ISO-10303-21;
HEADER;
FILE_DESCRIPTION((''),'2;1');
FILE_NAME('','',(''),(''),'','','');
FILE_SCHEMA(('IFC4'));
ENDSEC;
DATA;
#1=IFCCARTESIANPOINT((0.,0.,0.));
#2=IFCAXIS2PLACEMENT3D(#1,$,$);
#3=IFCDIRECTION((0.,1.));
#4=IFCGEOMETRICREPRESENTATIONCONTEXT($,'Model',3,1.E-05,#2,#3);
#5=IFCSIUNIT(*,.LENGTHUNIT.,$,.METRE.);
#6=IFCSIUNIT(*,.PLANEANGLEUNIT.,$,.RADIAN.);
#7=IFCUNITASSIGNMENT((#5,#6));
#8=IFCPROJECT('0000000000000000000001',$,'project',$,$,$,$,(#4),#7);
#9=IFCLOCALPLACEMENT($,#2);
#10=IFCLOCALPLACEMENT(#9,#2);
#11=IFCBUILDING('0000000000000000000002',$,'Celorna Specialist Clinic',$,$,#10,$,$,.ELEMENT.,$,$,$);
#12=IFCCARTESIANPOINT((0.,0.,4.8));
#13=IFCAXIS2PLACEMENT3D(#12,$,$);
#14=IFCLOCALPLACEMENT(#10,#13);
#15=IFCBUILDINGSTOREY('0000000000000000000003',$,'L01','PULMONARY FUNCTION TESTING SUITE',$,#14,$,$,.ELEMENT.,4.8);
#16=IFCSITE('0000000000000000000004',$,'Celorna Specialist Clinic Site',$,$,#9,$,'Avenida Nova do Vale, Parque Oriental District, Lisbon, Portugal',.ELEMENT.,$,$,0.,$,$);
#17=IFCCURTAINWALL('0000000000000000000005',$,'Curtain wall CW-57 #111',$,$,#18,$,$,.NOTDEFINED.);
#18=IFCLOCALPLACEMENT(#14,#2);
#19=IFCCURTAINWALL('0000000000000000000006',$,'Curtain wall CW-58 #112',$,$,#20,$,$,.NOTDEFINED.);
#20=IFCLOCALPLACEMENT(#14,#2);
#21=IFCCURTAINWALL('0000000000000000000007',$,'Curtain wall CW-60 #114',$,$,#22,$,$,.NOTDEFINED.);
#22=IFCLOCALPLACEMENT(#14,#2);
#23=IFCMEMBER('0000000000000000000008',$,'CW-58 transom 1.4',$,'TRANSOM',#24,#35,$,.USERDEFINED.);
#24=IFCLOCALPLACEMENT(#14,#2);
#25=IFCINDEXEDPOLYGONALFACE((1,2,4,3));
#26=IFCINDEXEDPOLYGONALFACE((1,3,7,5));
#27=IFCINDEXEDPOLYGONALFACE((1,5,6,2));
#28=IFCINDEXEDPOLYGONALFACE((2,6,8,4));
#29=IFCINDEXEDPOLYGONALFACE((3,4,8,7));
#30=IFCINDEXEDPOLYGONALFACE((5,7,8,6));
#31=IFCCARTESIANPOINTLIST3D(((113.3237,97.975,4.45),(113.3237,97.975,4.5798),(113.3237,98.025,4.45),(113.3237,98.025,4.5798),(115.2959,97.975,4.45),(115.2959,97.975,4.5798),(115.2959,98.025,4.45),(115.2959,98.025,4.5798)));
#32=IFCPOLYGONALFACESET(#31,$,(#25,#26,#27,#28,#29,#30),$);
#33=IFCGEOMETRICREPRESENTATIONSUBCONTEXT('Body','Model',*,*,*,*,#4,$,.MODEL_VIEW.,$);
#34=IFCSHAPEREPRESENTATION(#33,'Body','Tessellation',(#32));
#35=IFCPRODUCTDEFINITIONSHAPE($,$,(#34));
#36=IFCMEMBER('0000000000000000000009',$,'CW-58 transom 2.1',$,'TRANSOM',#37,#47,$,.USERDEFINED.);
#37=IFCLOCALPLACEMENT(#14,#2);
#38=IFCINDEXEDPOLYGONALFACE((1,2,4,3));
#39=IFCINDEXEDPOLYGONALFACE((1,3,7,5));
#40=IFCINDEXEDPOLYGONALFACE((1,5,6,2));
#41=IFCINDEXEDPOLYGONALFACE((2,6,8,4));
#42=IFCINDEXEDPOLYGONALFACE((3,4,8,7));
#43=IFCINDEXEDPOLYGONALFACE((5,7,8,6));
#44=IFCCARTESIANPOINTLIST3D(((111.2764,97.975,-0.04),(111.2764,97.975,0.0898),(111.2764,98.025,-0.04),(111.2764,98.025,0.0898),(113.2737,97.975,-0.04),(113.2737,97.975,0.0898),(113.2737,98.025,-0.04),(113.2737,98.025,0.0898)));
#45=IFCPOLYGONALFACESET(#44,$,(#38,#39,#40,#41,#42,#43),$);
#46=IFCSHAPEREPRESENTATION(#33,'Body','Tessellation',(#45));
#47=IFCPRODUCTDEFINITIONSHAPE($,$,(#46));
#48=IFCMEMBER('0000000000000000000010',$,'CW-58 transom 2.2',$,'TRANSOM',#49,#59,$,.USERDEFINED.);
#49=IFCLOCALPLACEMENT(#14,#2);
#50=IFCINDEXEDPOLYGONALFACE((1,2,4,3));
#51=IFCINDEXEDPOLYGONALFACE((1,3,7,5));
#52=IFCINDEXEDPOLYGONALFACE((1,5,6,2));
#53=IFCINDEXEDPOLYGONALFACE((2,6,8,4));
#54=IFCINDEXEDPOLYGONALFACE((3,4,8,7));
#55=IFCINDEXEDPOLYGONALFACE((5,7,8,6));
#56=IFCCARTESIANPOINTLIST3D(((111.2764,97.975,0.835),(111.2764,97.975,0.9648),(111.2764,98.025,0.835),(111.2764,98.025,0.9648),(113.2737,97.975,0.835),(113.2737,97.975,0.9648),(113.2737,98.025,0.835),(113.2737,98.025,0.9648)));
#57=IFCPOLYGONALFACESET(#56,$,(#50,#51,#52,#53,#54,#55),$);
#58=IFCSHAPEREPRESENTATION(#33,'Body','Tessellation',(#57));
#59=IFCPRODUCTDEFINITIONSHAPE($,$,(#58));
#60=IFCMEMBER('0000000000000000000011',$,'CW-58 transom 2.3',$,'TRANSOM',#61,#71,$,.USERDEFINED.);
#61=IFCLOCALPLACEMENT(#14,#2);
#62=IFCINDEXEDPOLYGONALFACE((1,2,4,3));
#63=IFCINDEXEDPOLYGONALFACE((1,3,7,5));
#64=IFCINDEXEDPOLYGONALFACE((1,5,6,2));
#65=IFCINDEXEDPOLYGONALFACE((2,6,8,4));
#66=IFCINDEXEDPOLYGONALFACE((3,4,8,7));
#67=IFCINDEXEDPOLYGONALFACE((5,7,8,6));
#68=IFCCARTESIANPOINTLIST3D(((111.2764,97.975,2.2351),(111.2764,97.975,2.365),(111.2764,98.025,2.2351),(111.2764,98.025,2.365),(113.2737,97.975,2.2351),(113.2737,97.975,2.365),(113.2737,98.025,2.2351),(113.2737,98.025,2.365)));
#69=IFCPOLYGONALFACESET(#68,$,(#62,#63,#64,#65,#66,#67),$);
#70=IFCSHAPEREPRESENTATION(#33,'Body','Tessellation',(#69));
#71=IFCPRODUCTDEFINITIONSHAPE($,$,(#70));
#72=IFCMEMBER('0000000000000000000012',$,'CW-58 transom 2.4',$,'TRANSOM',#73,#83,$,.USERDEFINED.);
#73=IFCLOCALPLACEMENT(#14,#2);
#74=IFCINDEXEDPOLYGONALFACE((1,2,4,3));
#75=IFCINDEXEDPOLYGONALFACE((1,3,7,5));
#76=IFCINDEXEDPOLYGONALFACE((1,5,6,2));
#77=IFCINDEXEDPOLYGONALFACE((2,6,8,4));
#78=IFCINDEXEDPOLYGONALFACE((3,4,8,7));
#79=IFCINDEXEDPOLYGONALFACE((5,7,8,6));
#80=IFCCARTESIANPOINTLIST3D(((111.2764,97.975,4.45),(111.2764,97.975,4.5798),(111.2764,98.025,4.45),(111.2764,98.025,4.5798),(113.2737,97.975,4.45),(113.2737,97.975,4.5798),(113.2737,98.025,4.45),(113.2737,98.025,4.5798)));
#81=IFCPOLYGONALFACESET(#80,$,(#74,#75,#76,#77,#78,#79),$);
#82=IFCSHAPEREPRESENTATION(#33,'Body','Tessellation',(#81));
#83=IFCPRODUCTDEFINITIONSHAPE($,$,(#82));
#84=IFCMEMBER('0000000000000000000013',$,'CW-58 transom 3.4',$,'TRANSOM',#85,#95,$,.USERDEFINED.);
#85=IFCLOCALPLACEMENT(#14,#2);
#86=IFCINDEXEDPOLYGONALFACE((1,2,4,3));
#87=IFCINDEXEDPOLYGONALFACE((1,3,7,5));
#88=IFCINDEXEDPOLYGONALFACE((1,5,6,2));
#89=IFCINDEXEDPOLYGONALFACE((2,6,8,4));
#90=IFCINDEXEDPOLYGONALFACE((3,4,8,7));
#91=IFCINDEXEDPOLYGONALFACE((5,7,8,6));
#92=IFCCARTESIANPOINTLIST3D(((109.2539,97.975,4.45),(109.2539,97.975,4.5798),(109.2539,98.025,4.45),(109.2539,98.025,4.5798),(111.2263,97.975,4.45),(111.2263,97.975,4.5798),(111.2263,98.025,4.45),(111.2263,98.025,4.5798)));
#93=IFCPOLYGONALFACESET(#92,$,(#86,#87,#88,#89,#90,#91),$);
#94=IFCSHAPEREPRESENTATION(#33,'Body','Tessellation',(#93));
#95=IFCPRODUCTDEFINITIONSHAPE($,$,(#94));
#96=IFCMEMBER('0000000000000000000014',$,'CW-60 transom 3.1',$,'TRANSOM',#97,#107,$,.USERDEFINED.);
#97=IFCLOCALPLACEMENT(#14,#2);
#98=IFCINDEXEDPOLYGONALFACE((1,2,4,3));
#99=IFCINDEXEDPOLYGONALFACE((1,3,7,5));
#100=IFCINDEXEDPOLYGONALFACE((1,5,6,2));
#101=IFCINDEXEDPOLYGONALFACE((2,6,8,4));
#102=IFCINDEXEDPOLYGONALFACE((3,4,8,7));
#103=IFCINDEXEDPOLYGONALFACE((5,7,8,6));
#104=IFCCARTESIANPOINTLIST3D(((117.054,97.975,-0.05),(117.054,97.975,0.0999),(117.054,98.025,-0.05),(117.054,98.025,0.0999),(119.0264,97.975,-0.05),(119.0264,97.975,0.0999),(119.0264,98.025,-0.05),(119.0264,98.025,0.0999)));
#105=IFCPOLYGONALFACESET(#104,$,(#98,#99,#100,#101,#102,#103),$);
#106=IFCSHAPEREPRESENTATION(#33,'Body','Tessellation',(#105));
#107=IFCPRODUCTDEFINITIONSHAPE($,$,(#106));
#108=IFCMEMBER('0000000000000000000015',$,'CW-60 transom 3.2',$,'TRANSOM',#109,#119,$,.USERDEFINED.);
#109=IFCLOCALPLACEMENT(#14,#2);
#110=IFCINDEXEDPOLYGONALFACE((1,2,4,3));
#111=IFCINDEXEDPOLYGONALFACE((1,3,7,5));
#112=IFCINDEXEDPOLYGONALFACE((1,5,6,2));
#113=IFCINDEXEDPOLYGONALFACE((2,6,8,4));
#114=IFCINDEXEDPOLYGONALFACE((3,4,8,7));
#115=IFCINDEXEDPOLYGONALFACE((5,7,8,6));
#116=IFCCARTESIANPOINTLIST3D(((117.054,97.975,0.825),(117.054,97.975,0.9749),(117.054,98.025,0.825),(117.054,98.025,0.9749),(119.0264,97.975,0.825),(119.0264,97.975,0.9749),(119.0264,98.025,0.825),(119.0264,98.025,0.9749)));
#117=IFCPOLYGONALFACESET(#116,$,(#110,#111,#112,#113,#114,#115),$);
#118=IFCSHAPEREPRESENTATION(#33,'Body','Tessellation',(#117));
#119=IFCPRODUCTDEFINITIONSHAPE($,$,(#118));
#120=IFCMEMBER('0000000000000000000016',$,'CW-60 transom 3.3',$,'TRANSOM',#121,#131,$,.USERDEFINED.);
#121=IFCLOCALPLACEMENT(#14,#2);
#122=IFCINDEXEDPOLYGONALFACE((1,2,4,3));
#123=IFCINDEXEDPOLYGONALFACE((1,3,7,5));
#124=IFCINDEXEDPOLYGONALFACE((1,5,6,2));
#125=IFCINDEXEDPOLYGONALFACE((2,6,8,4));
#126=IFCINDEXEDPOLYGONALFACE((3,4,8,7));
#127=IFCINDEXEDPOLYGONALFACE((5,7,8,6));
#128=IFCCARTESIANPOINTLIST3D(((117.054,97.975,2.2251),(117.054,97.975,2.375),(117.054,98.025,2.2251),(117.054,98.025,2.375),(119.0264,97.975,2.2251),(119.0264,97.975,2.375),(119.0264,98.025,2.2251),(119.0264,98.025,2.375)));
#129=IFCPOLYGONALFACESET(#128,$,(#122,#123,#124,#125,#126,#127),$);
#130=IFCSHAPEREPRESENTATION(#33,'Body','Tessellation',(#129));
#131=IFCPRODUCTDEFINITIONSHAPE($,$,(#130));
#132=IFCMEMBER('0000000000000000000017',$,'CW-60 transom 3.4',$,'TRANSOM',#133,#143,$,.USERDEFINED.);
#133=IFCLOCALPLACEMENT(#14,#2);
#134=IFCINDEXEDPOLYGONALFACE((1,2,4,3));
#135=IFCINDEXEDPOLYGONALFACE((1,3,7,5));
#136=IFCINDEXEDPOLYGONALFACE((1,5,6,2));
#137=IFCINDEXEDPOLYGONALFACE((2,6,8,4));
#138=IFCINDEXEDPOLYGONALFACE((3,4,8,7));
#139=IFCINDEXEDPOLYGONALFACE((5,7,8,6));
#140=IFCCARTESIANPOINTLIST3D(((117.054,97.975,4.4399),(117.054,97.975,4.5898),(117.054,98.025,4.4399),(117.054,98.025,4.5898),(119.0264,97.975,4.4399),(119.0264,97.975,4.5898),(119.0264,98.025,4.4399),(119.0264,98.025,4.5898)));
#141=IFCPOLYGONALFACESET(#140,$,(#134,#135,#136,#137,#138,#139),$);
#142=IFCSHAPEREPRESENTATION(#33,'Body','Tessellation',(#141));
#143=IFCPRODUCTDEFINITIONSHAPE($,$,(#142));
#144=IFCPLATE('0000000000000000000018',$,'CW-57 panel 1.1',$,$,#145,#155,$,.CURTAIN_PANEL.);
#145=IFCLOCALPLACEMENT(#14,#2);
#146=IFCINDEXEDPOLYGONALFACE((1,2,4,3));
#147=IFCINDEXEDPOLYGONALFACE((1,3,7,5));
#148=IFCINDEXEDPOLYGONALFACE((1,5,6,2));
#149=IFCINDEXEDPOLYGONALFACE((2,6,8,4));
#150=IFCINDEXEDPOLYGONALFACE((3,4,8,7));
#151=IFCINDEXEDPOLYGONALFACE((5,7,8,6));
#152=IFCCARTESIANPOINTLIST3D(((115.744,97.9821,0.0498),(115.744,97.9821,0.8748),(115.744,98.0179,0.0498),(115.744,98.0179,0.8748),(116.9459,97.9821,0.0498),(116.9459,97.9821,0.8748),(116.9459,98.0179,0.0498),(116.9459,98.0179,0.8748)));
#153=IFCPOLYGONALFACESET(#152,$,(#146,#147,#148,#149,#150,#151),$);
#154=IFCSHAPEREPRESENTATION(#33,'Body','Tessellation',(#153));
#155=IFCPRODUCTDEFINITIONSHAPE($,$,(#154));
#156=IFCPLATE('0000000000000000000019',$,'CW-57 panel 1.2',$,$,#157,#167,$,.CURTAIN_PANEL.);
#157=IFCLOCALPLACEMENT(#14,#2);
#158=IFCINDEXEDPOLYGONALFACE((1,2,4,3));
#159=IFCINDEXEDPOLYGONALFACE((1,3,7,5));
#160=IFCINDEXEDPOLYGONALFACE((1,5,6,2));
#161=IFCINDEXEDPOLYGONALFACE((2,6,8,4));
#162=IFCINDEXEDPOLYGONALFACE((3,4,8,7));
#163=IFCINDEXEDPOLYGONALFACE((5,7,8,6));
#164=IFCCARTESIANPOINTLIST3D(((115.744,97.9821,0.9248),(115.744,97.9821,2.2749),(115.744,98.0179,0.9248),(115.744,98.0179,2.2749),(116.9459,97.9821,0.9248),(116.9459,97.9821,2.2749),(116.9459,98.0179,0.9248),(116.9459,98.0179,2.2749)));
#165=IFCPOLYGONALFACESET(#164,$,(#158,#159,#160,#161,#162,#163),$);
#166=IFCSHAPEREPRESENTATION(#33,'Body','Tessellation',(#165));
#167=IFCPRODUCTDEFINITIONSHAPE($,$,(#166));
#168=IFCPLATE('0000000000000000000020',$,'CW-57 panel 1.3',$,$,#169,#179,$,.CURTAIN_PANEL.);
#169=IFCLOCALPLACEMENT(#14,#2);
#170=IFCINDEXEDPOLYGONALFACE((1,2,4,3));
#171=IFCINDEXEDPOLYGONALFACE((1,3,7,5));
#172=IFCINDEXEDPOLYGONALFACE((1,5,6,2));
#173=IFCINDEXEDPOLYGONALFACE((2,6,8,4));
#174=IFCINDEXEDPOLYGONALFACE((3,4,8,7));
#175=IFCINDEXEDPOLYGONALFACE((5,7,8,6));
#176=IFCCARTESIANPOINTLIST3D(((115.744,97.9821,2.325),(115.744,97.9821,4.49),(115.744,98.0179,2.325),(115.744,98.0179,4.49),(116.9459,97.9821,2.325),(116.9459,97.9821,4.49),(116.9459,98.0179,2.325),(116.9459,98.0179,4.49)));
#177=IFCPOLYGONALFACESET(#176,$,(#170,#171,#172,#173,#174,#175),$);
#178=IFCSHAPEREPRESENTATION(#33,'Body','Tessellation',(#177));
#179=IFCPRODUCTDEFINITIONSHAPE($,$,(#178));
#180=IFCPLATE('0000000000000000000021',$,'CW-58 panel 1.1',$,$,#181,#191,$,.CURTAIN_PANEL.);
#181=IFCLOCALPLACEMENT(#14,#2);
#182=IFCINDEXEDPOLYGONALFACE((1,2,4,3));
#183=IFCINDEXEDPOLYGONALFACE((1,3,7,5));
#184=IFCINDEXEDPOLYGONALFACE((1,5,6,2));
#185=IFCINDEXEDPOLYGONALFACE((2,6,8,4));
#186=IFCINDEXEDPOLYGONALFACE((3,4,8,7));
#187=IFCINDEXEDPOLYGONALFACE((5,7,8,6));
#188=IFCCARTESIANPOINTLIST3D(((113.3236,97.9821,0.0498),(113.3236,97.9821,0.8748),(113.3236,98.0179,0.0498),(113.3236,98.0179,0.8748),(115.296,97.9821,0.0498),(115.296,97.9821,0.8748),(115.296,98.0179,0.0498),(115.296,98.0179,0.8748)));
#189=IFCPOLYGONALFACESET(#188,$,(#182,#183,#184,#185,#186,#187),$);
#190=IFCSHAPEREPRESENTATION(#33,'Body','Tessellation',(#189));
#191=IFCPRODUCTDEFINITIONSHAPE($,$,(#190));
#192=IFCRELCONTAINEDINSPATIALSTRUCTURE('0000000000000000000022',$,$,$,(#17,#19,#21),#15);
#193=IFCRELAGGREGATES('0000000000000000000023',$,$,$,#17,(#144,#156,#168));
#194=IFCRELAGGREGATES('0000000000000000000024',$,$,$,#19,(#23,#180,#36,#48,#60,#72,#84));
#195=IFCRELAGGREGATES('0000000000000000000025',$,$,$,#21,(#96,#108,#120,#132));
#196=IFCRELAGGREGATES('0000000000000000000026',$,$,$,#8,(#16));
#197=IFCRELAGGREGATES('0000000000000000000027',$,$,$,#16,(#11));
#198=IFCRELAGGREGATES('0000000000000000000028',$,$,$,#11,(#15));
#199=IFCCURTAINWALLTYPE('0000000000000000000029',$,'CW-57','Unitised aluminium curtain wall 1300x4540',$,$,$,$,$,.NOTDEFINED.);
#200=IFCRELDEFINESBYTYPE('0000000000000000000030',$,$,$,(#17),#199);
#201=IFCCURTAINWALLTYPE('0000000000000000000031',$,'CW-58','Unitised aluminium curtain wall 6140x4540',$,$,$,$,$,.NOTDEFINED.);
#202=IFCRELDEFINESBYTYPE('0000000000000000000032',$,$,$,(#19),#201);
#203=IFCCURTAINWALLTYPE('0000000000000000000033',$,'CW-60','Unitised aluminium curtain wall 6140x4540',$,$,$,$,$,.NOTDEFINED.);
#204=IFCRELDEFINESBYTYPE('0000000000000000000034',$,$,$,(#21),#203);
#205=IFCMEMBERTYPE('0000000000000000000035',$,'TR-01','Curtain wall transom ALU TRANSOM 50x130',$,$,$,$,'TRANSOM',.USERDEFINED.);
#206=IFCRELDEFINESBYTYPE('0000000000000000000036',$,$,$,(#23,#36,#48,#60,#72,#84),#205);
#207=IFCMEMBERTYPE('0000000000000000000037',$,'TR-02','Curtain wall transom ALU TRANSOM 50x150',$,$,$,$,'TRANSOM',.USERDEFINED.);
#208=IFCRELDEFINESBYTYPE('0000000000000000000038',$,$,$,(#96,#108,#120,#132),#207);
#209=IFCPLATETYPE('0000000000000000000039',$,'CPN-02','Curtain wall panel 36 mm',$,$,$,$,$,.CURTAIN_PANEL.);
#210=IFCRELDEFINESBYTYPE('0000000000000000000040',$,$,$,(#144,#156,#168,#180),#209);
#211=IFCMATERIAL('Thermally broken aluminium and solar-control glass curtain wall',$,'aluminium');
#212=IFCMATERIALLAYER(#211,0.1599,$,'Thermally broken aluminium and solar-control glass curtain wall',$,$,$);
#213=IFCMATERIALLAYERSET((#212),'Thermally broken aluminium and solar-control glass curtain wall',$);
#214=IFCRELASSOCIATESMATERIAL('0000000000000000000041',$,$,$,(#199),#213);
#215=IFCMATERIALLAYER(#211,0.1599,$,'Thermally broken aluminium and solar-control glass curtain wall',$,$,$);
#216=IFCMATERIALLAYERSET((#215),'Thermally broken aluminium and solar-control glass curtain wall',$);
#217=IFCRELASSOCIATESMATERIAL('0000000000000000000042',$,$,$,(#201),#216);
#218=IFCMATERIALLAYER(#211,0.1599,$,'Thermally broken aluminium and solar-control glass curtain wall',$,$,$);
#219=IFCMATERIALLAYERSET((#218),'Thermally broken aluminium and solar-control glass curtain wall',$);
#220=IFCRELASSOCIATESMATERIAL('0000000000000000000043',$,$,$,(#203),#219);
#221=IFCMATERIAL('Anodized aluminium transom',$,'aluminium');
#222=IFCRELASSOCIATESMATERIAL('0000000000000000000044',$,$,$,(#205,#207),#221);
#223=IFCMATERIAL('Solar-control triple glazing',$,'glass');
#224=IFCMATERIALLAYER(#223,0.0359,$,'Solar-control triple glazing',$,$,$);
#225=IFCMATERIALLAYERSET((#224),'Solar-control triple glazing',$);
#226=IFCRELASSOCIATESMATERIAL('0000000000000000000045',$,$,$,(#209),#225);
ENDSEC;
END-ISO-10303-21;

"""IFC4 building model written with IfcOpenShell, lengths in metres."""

from ifc_helpers import new_model, si_unit, direction, frame, origin, origin_2d, place, context, subcontext, project, spatial, rectangle, extrude, material, layer, layer_set, material_profile, profile_set, type_object, element, aggregate, save


model = new_model("IFC4")

# Units and contexts
model_context = context("Model", 3, precision=1e-05, world=origin(), true_north=direction((0.0, 1.0)))
body_context = subcontext(model_context, "Body", "Model", "MODEL_VIEW")
ifc_project = project(units=[si_unit("LENGTHUNIT", "METRE"), si_unit("PLANEANGLEUNIT", "RADIAN")], contexts=[model_context])

# Site, building, storey
site_placement = place(None, origin())
site = spatial("IfcSite", under=ifc_project, at=site_placement, Name="Celorna Specialist Clinic Site", LongName="Avenida Nova do Vale, Parque Oriental District, Lisbon, Portugal", CompositionType="ELEMENT", RefElevation=0.0)
building_placement = place(site_placement, origin())
building = spatial("IfcBuilding", under=site, at=building_placement, Name="Celorna Specialist Clinic", CompositionType="ELEMENT")
storey_placement = place(building_placement, frame((0.0, 0.0, 4.8)))
storey = spatial("IfcBuildingStorey", under=building, at=storey_placement, Name="L01", Description="PULMONARY FUNCTION TESTING SUITE", CompositionType="ELEMENT", Elevation=4.8)

# Curtain walls
ifc_material_1 = material(Name="Thermally broken aluminium and solar-control glass curtain wall", Category="aluminium")
ifc_layer_1 = layer(ifc_material_1, 0.1599, Name="Thermally broken aluminium and solar-control glass curtain wall")
ifc_layer_set_1 = layer_set([ifc_layer_1], Name="Thermally broken aluminium and solar-control glass curtain wall")
curtain_wall_type_1 = type_object("IfcCurtainWallType", Name="CW-57", Description="Unitised aluminium curtain wall 1300x4540", PredefinedType="NOTDEFINED", material=ifc_layer_set_1)
curtain_wall_1_placement = place(storey_placement, origin())
curtain_wall_1 = element("IfcCurtainWall", 1, at=curtain_wall_1_placement, inside=storey, type_object=curtain_wall_type_1, Name="Curtain wall CW-57 #111", PredefinedType="NOTDEFINED")
ifc_layer_2 = layer(ifc_material_1, 0.1599, Name="Thermally broken aluminium and solar-control glass curtain wall")
ifc_layer_set_2 = layer_set([ifc_layer_2], Name="Thermally broken aluminium and solar-control glass curtain wall")
curtain_wall_type_2 = type_object("IfcCurtainWallType", Name="CW-58", Description="Unitised aluminium curtain wall 6140x4540", PredefinedType="NOTDEFINED", material=ifc_layer_set_2)
curtain_wall_2_placement = place(storey_placement, origin())
curtain_wall_2 = element("IfcCurtainWall", 2, at=curtain_wall_2_placement, inside=storey, type_object=curtain_wall_type_2, Name="Curtain wall CW-58 #112", PredefinedType="NOTDEFINED")
ifc_layer_3 = layer(ifc_material_1, 0.1599, Name="Thermally broken aluminium and solar-control glass curtain wall")
ifc_layer_set_3 = layer_set([ifc_layer_3], Name="Thermally broken aluminium and solar-control glass curtain wall")
curtain_wall_type_3 = type_object("IfcCurtainWallType", Name="CW-60", Description="Unitised aluminium curtain wall 6140x4540", PredefinedType="NOTDEFINED", material=ifc_layer_set_3)
curtain_wall_3_placement = place(storey_placement, origin())
curtain_wall_3 = element("IfcCurtainWall", 3, at=curtain_wall_3_placement, inside=storey, type_object=curtain_wall_type_3, Name="Curtain wall CW-60 #114", PredefinedType="NOTDEFINED")

# Members
ifc_material_2 = material(Name="Anodized aluminium transom", Category="aluminium")
ifc_material_profile_1 = material_profile(ifc_material_2, rectangle(XDim=0.05, YDim=0.1299, at=origin_2d()), Name="ALU TRANSOM 50x130")
ifc_profile_set_1 = profile_set([ifc_material_profile_1], Name="Anodized aluminium transom")
member_type_1 = type_object("IfcMemberType", Name="TR-01", Description="Curtain wall transom ALU TRANSOM 50x130", ElementType="TRANSOM", PredefinedType="USERDEFINED", material=ifc_profile_set_1)
member_1_placement = place(storey_placement, frame((115.2959, 98.0, 4.5149), z_axis=(-1.0, 0.0, 0.0), x_axis=(0.0, -1.0, 0.0)))
member_1 = element("IfcMember", 4, at=member_1_placement, type_object=member_type_1, Name="CW-58 transom 1.4", ObjectType="TRANSOM", PredefinedType="USERDEFINED", context=body_context, shape_type="SweptSolid", body=[
    extrude(rectangle(XDim=0.05, YDim=0.1299, at=origin_2d()), origin(), (0.0, 0.0, 1.0), 1.9722),
])
member_2_placement = place(storey_placement, frame((113.2737, 98.0, 0.0249), z_axis=(-1.0, 0.0, 0.0), x_axis=(0.0, -1.0, 0.0)))
member_2 = element("IfcMember", 5, at=member_2_placement, type_object=member_type_1, Name="CW-58 transom 2.1", ObjectType="TRANSOM", PredefinedType="USERDEFINED", context=body_context, shape_type="SweptSolid", body=[
    extrude(rectangle(XDim=0.05, YDim=0.1299, at=origin_2d()), origin(), (0.0, 0.0, 1.0), 1.9973),
])
member_3_placement = place(storey_placement, frame((113.2737, 98.0, 0.8999), z_axis=(-1.0, 0.0, 0.0), x_axis=(0.0, -1.0, 0.0)))
member_3 = element("IfcMember", 6, at=member_3_placement, type_object=member_type_1, Name="CW-58 transom 2.2", ObjectType="TRANSOM", PredefinedType="USERDEFINED", context=body_context, shape_type="SweptSolid", body=[
    extrude(rectangle(XDim=0.05, YDim=0.1299, at=origin_2d()), origin(), (0.0, 0.0, 1.0), 1.9973),
])
member_4_placement = place(storey_placement, frame((113.2737, 98.0, 2.3), z_axis=(-1.0, 0.0, 0.0), x_axis=(0.0, -1.0, 0.0)))
member_4 = element("IfcMember", 7, at=member_4_placement, type_object=member_type_1, Name="CW-58 transom 2.3", ObjectType="TRANSOM", PredefinedType="USERDEFINED", context=body_context, shape_type="SweptSolid", body=[
    extrude(rectangle(XDim=0.05, YDim=0.1299, at=origin_2d()), origin(), (0.0, 0.0, 1.0), 1.9973),
])
member_5_placement = place(storey_placement, frame((113.2737, 98.0, 4.5149), z_axis=(-1.0, 0.0, 0.0), x_axis=(0.0, -1.0, 0.0)))
member_5 = element("IfcMember", 8, at=member_5_placement, type_object=member_type_1, Name="CW-58 transom 2.4", ObjectType="TRANSOM", PredefinedType="USERDEFINED", context=body_context, shape_type="SweptSolid", body=[
    extrude(rectangle(XDim=0.05, YDim=0.1299, at=origin_2d()), origin(), (0.0, 0.0, 1.0), 1.9973),
])
member_6_placement = place(storey_placement, frame((111.2263, 98.0, 4.5149), z_axis=(-1.0, 0.0, 0.0), x_axis=(0.0, -1.0, 0.0)))
member_6 = element("IfcMember", 9, at=member_6_placement, type_object=member_type_1, Name="CW-58 transom 3.4", ObjectType="TRANSOM", PredefinedType="USERDEFINED", context=body_context, shape_type="SweptSolid", body=[
    extrude(rectangle(XDim=0.05, YDim=0.1299, at=origin_2d()), origin(), (0.0, 0.0, 1.0), 1.9724),
])
ifc_material_profile_2 = material_profile(ifc_material_2, rectangle(XDim=0.05, YDim=0.1499, at=origin_2d()), Name="ALU TRANSOM 50x150")
ifc_profile_set_2 = profile_set([ifc_material_profile_2], Name="Anodized aluminium transom")
member_type_2 = type_object("IfcMemberType", Name="TR-02", Description="Curtain wall transom ALU TRANSOM 50x150", ElementType="TRANSOM", PredefinedType="USERDEFINED", material=ifc_profile_set_2)
member_7_placement = place(storey_placement, frame((119.0264, 98.0, 0.0249), z_axis=(-1.0, 0.0, 0.0), x_axis=(0.0, -1.0, 0.0)))
member_7 = element("IfcMember", 10, at=member_7_placement, type_object=member_type_2, Name="CW-60 transom 3.1", ObjectType="TRANSOM", PredefinedType="USERDEFINED", context=body_context, shape_type="SweptSolid", body=[
    extrude(rectangle(XDim=0.05, YDim=0.1499, at=origin_2d()), origin(), (0.0, 0.0, 1.0), 1.9724),
])
member_8_placement = place(storey_placement, frame((119.0264, 98.0, 0.8999), z_axis=(-1.0, 0.0, 0.0), x_axis=(0.0, -1.0, 0.0)))
member_8 = element("IfcMember", 11, at=member_8_placement, type_object=member_type_2, Name="CW-60 transom 3.2", ObjectType="TRANSOM", PredefinedType="USERDEFINED", context=body_context, shape_type="SweptSolid", body=[
    extrude(rectangle(XDim=0.05, YDim=0.1499, at=origin_2d()), origin(), (0.0, 0.0, 1.0), 1.9724),
])
member_9_placement = place(storey_placement, frame((119.0264, 98.0, 2.3), z_axis=(-1.0, 0.0, 0.0), x_axis=(0.0, -1.0, 0.0)))
member_9 = element("IfcMember", 12, at=member_9_placement, type_object=member_type_2, Name="CW-60 transom 3.3", ObjectType="TRANSOM", PredefinedType="USERDEFINED", context=body_context, shape_type="SweptSolid", body=[
    extrude(rectangle(XDim=0.05, YDim=0.1499, at=origin_2d()), origin(), (0.0, 0.0, 1.0), 1.9724),
])
member_10_placement = place(storey_placement, frame((119.0264, 98.0, 4.5149), z_axis=(-1.0, 0.0, 0.0), x_axis=(0.0, -1.0, 0.0)))
member_10 = element("IfcMember", 13, at=member_10_placement, type_object=member_type_2, Name="CW-60 transom 3.4", ObjectType="TRANSOM", PredefinedType="USERDEFINED", context=body_context, shape_type="SweptSolid", body=[
    extrude(rectangle(XDim=0.05, YDim=0.1499, at=origin_2d()), origin(), (0.0, 0.0, 1.0), 1.9724),
])

# Plates
ifc_material_3 = material(Name="Solar-control triple glazing", Category="glass")
ifc_layer_4 = layer(ifc_material_3, 0.0359, Name="Solar-control triple glazing")
ifc_layer_set_4 = layer_set([ifc_layer_4], Name="Solar-control triple glazing")
plate_type_1 = type_object("IfcPlateType", Name="CPN-02", Description="Curtain wall panel 36 mm", PredefinedType="CURTAIN_PANEL", material=ifc_layer_set_4)
plate_1_placement = place(storey_placement, frame((116.345, 98.0, 0.0498), z_axis=(0.0, 0.0, 1.0), x_axis=(-1.0, 0.0, 0.0)))
plate_1 = element("IfcPlate", 14, at=plate_1_placement, type_object=plate_type_1, Name="CW-57 panel 1.1", PredefinedType="CURTAIN_PANEL", context=body_context, shape_type="SweptSolid", body=[
    extrude(rectangle(XDim=1.2019, YDim=0.0359, at=origin_2d()), origin(), (0.0, 0.0, 1.0), 0.825),
])
plate_2_placement = place(storey_placement, frame((116.345, 98.0, 0.9248), z_axis=(0.0, 0.0, 1.0), x_axis=(-1.0, 0.0, 0.0)))
plate_2 = element("IfcPlate", 15, at=plate_2_placement, type_object=plate_type_1, Name="CW-57 panel 1.2", PredefinedType="CURTAIN_PANEL", context=body_context, shape_type="SweptSolid", body=[
    extrude(rectangle(XDim=1.2019, YDim=0.0359, at=origin_2d()), origin(), (0.0, 0.0, 1.0), 1.3501),
])
plate_3_placement = place(storey_placement, frame((116.345, 98.0, 2.325), z_axis=(0.0, 0.0, 1.0), x_axis=(-1.0, 0.0, 0.0)))
plate_3 = element("IfcPlate", 16, at=plate_3_placement, type_object=plate_type_1, Name="CW-57 panel 1.3", PredefinedType="CURTAIN_PANEL", context=body_context, shape_type="SweptSolid", body=[
    extrude(rectangle(XDim=1.2019, YDim=0.0359, at=origin_2d()), origin(), (0.0, 0.0, 1.0), 2.165),
])
aggregate(curtain_wall_1, [plate_1, plate_2, plate_3])
plate_4_placement = place(storey_placement, frame((114.3098, 98.0, 0.0498), z_axis=(0.0, 0.0, 1.0), x_axis=(-1.0, 0.0, 0.0)))
plate_4 = element("IfcPlate", 17, at=plate_4_placement, type_object=plate_type_1, Name="CW-58 panel 1.1", PredefinedType="CURTAIN_PANEL", context=body_context, shape_type="SweptSolid", body=[
    extrude(rectangle(XDim=1.9724, YDim=0.0359, at=origin_2d()), origin(), (0.0, 0.0, 1.0), 0.825),
])
aggregate(curtain_wall_2, [member_1, plate_4, member_2, member_3, member_4, member_5, member_6])
aggregate(curtain_wall_3, [member_7, member_8, member_9, member_10])

save(model, "model.ifc")
